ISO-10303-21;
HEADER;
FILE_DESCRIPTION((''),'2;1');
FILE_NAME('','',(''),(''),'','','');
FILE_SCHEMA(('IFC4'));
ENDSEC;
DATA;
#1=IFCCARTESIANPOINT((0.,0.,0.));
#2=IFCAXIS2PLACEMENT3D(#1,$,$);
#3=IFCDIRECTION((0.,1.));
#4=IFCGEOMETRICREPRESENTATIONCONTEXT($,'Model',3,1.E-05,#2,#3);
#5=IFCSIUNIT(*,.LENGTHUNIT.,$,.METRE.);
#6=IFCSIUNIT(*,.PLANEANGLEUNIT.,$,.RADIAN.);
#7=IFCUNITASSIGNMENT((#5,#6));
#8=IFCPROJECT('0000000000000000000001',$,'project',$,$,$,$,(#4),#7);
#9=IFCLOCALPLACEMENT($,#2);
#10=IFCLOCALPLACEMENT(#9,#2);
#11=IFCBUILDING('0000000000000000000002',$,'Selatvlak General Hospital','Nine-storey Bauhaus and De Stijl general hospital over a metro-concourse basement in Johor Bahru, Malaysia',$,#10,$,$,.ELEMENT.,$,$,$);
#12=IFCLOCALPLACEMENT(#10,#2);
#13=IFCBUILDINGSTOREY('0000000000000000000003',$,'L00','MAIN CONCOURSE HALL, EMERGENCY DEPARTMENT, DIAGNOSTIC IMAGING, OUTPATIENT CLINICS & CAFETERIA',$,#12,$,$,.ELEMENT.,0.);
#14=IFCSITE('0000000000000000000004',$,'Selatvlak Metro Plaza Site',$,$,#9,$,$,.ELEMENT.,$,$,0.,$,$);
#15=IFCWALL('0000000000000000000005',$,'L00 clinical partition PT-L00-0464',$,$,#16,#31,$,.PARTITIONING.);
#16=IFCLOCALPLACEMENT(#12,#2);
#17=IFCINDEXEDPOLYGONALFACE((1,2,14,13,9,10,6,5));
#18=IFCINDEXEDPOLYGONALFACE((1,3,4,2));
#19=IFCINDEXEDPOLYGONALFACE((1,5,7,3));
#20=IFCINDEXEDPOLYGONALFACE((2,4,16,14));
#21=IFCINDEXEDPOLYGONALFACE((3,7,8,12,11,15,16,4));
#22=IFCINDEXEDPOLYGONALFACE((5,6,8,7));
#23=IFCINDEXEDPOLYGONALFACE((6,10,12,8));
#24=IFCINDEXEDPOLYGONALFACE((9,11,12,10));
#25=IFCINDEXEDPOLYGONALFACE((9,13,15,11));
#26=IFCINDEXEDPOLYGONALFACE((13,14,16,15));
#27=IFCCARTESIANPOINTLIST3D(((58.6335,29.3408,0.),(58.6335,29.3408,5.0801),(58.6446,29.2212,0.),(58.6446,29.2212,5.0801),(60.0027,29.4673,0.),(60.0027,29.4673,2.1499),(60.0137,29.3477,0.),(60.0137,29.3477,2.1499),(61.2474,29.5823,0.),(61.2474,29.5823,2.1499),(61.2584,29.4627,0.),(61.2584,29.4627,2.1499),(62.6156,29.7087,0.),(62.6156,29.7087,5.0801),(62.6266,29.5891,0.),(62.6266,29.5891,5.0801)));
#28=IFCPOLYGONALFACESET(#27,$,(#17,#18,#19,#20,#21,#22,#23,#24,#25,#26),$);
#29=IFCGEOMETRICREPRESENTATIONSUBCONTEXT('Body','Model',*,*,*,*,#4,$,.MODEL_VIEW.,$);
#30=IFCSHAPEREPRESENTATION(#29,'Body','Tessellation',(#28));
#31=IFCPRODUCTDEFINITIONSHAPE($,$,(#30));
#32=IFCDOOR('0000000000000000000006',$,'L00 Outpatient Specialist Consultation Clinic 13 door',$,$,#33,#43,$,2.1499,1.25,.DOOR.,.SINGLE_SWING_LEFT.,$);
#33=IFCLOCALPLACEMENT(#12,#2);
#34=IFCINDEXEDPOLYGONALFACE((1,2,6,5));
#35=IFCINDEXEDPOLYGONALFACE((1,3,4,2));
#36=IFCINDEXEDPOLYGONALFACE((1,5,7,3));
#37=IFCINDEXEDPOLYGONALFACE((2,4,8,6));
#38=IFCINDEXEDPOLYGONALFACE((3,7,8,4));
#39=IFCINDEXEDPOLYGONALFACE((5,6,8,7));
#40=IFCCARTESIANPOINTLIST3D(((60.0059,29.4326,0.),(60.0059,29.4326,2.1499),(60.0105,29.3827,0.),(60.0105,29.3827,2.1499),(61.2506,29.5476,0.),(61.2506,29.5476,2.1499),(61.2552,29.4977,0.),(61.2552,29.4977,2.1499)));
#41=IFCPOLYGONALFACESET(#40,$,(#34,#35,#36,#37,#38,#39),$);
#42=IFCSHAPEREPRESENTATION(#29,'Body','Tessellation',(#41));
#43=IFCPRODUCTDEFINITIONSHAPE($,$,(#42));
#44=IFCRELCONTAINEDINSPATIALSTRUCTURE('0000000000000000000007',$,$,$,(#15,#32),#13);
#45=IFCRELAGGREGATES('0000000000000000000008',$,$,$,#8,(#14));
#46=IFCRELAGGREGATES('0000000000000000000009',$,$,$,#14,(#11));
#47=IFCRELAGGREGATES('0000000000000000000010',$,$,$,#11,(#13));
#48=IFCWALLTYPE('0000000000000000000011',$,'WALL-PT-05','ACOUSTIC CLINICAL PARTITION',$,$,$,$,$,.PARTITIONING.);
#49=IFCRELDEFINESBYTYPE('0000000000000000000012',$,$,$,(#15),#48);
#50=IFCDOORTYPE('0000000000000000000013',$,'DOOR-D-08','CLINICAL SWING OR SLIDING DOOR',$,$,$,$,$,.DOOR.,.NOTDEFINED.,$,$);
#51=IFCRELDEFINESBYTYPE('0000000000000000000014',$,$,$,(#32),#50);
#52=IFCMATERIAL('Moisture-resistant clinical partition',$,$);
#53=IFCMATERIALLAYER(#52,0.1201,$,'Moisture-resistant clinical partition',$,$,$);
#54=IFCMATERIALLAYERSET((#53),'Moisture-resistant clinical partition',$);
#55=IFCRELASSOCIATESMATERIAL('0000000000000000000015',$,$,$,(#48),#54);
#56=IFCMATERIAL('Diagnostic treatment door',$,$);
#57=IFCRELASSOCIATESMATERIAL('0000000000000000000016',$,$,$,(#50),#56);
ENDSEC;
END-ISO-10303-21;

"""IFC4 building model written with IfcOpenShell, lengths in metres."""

from ifc_helpers import new_model, si_unit, direction, frame, frame_2d, origin, place, context, subcontext, project, spatial, rectangle, extrude, material, layer, layer_set, type_object, element, fill, save


model = new_model("IFC4")

# Units and contexts
model_context = context("Model", 3, precision=1e-05, world=origin(), true_north=direction((0.0, 1.0)))
body_context = subcontext(model_context, "Body", "Model", "MODEL_VIEW")
ifc_project = project(units=[si_unit("LENGTHUNIT", "METRE"), si_unit("PLANEANGLEUNIT", "RADIAN")], contexts=[model_context])

# Site, building, storey
site_placement = place(None, origin())
site = spatial("IfcSite", under=ifc_project, at=site_placement, Name="Selatvlak Metro Plaza Site", CompositionType="ELEMENT", RefElevation=0.0)
building_placement = place(site_placement, origin())
building = spatial("IfcBuilding", under=site, at=building_placement, Name="Selatvlak General Hospital", Description="Nine-storey Bauhaus and De Stijl general hospital over a metro-concourse basement in Johor Bahru, Malaysia", CompositionType="ELEMENT")
storey_placement = place(building_placement, origin())
storey = spatial("IfcBuildingStorey", under=building, at=storey_placement, Name="L00", Description="MAIN CONCOURSE HALL, EMERGENCY DEPARTMENT, DIAGNOSTIC IMAGING, OUTPATIENT CLINICS & CAFETERIA", CompositionType="ELEMENT", Elevation=0.0)

# Shared definitions
ifc_material_1 = material(Name="Moisture-resistant clinical partition")
ifc_layer_1 = layer(ifc_material_1, 0.1201, Name="Moisture-resistant clinical partition")
ifc_layer_set_1 = layer_set([ifc_layer_1], Name="Moisture-resistant clinical partition")
wall_type_1 = type_object("IfcWallType", Name="WALL-PT-05", Description="ACOUSTIC CLINICAL PARTITION", PredefinedType="PARTITIONING", material=ifc_layer_set_1)

# Wall, opening, door
wall_1_placement = place(storey_placement, frame((62.6211, 29.6489, 0.0), z_axis=(0.0, 0.0, 1.0), x_axis=(-0.995759, -0.092, 0.0)))
wall_1 = element("IfcWall", 1, at=wall_1_placement, inside=storey, type_object=wall_type_1, Name="L00 clinical partition PT-L00-0464", PredefinedType="PARTITIONING", context=body_context, shape_type="SweptSolid", body=[
    extrude(rectangle(XDim=3.999, YDim=0.1201, at=frame_2d((1.9995, 0.0))), origin(), (0.0, 0.0, 1.0), 5.0801),
])
opening_1_placement = place(wall_1_placement, frame((1.374, 0.0, 0.0)))
opening_1 = element("IfcOpeningElement", 2, at=opening_1_placement, cuts=wall_1, PredefinedType="OPENING", context=body_context, shape_type="SweptSolid", body=[
    extrude(rectangle(XDim=1.25, YDim=2.1499, at=frame_2d((0.625, 1.075))), frame((0.0, 0.0701, 0.0), z_axis=(0.0, -1.0, 0.0), x_axis=(1.0, 0.0, 0.0)), (0.0, 0.0, 1.0), 0.1401),
])
ifc_material_2 = material(Name="Diagnostic treatment door")
door_type_1 = type_object("IfcDoorType", Name="DOOR-D-08", Description="CLINICAL SWING OR SLIDING DOOR", OperationType="NOTDEFINED", PredefinedType="DOOR", material=ifc_material_2)
door_1_placement = place(opening_1_placement, origin())
door_1 = element("IfcDoor", 3, at=door_1_placement, inside=storey, type_object=door_type_1, Name="L00 Outpatient Specialist Consultation Clinic 13 door", OperationType="SINGLE_SWING_LEFT", OverallHeight=2.1499, OverallWidth=1.25, PredefinedType="DOOR", context=body_context, shape_type="SweptSolid", body=[
    extrude(rectangle(XDim=1.25, YDim=2.1499, at=frame_2d((0.625, 1.075))), frame((0.0, 0.0249, 0.0), z_axis=(0.0, -1.0, 0.0), x_axis=(1.0, 0.0, 0.0)), (0.0, 0.0, 1.0), 0.05),
])
fill(opening_1, door_1)

save(model, "model.ifc")
